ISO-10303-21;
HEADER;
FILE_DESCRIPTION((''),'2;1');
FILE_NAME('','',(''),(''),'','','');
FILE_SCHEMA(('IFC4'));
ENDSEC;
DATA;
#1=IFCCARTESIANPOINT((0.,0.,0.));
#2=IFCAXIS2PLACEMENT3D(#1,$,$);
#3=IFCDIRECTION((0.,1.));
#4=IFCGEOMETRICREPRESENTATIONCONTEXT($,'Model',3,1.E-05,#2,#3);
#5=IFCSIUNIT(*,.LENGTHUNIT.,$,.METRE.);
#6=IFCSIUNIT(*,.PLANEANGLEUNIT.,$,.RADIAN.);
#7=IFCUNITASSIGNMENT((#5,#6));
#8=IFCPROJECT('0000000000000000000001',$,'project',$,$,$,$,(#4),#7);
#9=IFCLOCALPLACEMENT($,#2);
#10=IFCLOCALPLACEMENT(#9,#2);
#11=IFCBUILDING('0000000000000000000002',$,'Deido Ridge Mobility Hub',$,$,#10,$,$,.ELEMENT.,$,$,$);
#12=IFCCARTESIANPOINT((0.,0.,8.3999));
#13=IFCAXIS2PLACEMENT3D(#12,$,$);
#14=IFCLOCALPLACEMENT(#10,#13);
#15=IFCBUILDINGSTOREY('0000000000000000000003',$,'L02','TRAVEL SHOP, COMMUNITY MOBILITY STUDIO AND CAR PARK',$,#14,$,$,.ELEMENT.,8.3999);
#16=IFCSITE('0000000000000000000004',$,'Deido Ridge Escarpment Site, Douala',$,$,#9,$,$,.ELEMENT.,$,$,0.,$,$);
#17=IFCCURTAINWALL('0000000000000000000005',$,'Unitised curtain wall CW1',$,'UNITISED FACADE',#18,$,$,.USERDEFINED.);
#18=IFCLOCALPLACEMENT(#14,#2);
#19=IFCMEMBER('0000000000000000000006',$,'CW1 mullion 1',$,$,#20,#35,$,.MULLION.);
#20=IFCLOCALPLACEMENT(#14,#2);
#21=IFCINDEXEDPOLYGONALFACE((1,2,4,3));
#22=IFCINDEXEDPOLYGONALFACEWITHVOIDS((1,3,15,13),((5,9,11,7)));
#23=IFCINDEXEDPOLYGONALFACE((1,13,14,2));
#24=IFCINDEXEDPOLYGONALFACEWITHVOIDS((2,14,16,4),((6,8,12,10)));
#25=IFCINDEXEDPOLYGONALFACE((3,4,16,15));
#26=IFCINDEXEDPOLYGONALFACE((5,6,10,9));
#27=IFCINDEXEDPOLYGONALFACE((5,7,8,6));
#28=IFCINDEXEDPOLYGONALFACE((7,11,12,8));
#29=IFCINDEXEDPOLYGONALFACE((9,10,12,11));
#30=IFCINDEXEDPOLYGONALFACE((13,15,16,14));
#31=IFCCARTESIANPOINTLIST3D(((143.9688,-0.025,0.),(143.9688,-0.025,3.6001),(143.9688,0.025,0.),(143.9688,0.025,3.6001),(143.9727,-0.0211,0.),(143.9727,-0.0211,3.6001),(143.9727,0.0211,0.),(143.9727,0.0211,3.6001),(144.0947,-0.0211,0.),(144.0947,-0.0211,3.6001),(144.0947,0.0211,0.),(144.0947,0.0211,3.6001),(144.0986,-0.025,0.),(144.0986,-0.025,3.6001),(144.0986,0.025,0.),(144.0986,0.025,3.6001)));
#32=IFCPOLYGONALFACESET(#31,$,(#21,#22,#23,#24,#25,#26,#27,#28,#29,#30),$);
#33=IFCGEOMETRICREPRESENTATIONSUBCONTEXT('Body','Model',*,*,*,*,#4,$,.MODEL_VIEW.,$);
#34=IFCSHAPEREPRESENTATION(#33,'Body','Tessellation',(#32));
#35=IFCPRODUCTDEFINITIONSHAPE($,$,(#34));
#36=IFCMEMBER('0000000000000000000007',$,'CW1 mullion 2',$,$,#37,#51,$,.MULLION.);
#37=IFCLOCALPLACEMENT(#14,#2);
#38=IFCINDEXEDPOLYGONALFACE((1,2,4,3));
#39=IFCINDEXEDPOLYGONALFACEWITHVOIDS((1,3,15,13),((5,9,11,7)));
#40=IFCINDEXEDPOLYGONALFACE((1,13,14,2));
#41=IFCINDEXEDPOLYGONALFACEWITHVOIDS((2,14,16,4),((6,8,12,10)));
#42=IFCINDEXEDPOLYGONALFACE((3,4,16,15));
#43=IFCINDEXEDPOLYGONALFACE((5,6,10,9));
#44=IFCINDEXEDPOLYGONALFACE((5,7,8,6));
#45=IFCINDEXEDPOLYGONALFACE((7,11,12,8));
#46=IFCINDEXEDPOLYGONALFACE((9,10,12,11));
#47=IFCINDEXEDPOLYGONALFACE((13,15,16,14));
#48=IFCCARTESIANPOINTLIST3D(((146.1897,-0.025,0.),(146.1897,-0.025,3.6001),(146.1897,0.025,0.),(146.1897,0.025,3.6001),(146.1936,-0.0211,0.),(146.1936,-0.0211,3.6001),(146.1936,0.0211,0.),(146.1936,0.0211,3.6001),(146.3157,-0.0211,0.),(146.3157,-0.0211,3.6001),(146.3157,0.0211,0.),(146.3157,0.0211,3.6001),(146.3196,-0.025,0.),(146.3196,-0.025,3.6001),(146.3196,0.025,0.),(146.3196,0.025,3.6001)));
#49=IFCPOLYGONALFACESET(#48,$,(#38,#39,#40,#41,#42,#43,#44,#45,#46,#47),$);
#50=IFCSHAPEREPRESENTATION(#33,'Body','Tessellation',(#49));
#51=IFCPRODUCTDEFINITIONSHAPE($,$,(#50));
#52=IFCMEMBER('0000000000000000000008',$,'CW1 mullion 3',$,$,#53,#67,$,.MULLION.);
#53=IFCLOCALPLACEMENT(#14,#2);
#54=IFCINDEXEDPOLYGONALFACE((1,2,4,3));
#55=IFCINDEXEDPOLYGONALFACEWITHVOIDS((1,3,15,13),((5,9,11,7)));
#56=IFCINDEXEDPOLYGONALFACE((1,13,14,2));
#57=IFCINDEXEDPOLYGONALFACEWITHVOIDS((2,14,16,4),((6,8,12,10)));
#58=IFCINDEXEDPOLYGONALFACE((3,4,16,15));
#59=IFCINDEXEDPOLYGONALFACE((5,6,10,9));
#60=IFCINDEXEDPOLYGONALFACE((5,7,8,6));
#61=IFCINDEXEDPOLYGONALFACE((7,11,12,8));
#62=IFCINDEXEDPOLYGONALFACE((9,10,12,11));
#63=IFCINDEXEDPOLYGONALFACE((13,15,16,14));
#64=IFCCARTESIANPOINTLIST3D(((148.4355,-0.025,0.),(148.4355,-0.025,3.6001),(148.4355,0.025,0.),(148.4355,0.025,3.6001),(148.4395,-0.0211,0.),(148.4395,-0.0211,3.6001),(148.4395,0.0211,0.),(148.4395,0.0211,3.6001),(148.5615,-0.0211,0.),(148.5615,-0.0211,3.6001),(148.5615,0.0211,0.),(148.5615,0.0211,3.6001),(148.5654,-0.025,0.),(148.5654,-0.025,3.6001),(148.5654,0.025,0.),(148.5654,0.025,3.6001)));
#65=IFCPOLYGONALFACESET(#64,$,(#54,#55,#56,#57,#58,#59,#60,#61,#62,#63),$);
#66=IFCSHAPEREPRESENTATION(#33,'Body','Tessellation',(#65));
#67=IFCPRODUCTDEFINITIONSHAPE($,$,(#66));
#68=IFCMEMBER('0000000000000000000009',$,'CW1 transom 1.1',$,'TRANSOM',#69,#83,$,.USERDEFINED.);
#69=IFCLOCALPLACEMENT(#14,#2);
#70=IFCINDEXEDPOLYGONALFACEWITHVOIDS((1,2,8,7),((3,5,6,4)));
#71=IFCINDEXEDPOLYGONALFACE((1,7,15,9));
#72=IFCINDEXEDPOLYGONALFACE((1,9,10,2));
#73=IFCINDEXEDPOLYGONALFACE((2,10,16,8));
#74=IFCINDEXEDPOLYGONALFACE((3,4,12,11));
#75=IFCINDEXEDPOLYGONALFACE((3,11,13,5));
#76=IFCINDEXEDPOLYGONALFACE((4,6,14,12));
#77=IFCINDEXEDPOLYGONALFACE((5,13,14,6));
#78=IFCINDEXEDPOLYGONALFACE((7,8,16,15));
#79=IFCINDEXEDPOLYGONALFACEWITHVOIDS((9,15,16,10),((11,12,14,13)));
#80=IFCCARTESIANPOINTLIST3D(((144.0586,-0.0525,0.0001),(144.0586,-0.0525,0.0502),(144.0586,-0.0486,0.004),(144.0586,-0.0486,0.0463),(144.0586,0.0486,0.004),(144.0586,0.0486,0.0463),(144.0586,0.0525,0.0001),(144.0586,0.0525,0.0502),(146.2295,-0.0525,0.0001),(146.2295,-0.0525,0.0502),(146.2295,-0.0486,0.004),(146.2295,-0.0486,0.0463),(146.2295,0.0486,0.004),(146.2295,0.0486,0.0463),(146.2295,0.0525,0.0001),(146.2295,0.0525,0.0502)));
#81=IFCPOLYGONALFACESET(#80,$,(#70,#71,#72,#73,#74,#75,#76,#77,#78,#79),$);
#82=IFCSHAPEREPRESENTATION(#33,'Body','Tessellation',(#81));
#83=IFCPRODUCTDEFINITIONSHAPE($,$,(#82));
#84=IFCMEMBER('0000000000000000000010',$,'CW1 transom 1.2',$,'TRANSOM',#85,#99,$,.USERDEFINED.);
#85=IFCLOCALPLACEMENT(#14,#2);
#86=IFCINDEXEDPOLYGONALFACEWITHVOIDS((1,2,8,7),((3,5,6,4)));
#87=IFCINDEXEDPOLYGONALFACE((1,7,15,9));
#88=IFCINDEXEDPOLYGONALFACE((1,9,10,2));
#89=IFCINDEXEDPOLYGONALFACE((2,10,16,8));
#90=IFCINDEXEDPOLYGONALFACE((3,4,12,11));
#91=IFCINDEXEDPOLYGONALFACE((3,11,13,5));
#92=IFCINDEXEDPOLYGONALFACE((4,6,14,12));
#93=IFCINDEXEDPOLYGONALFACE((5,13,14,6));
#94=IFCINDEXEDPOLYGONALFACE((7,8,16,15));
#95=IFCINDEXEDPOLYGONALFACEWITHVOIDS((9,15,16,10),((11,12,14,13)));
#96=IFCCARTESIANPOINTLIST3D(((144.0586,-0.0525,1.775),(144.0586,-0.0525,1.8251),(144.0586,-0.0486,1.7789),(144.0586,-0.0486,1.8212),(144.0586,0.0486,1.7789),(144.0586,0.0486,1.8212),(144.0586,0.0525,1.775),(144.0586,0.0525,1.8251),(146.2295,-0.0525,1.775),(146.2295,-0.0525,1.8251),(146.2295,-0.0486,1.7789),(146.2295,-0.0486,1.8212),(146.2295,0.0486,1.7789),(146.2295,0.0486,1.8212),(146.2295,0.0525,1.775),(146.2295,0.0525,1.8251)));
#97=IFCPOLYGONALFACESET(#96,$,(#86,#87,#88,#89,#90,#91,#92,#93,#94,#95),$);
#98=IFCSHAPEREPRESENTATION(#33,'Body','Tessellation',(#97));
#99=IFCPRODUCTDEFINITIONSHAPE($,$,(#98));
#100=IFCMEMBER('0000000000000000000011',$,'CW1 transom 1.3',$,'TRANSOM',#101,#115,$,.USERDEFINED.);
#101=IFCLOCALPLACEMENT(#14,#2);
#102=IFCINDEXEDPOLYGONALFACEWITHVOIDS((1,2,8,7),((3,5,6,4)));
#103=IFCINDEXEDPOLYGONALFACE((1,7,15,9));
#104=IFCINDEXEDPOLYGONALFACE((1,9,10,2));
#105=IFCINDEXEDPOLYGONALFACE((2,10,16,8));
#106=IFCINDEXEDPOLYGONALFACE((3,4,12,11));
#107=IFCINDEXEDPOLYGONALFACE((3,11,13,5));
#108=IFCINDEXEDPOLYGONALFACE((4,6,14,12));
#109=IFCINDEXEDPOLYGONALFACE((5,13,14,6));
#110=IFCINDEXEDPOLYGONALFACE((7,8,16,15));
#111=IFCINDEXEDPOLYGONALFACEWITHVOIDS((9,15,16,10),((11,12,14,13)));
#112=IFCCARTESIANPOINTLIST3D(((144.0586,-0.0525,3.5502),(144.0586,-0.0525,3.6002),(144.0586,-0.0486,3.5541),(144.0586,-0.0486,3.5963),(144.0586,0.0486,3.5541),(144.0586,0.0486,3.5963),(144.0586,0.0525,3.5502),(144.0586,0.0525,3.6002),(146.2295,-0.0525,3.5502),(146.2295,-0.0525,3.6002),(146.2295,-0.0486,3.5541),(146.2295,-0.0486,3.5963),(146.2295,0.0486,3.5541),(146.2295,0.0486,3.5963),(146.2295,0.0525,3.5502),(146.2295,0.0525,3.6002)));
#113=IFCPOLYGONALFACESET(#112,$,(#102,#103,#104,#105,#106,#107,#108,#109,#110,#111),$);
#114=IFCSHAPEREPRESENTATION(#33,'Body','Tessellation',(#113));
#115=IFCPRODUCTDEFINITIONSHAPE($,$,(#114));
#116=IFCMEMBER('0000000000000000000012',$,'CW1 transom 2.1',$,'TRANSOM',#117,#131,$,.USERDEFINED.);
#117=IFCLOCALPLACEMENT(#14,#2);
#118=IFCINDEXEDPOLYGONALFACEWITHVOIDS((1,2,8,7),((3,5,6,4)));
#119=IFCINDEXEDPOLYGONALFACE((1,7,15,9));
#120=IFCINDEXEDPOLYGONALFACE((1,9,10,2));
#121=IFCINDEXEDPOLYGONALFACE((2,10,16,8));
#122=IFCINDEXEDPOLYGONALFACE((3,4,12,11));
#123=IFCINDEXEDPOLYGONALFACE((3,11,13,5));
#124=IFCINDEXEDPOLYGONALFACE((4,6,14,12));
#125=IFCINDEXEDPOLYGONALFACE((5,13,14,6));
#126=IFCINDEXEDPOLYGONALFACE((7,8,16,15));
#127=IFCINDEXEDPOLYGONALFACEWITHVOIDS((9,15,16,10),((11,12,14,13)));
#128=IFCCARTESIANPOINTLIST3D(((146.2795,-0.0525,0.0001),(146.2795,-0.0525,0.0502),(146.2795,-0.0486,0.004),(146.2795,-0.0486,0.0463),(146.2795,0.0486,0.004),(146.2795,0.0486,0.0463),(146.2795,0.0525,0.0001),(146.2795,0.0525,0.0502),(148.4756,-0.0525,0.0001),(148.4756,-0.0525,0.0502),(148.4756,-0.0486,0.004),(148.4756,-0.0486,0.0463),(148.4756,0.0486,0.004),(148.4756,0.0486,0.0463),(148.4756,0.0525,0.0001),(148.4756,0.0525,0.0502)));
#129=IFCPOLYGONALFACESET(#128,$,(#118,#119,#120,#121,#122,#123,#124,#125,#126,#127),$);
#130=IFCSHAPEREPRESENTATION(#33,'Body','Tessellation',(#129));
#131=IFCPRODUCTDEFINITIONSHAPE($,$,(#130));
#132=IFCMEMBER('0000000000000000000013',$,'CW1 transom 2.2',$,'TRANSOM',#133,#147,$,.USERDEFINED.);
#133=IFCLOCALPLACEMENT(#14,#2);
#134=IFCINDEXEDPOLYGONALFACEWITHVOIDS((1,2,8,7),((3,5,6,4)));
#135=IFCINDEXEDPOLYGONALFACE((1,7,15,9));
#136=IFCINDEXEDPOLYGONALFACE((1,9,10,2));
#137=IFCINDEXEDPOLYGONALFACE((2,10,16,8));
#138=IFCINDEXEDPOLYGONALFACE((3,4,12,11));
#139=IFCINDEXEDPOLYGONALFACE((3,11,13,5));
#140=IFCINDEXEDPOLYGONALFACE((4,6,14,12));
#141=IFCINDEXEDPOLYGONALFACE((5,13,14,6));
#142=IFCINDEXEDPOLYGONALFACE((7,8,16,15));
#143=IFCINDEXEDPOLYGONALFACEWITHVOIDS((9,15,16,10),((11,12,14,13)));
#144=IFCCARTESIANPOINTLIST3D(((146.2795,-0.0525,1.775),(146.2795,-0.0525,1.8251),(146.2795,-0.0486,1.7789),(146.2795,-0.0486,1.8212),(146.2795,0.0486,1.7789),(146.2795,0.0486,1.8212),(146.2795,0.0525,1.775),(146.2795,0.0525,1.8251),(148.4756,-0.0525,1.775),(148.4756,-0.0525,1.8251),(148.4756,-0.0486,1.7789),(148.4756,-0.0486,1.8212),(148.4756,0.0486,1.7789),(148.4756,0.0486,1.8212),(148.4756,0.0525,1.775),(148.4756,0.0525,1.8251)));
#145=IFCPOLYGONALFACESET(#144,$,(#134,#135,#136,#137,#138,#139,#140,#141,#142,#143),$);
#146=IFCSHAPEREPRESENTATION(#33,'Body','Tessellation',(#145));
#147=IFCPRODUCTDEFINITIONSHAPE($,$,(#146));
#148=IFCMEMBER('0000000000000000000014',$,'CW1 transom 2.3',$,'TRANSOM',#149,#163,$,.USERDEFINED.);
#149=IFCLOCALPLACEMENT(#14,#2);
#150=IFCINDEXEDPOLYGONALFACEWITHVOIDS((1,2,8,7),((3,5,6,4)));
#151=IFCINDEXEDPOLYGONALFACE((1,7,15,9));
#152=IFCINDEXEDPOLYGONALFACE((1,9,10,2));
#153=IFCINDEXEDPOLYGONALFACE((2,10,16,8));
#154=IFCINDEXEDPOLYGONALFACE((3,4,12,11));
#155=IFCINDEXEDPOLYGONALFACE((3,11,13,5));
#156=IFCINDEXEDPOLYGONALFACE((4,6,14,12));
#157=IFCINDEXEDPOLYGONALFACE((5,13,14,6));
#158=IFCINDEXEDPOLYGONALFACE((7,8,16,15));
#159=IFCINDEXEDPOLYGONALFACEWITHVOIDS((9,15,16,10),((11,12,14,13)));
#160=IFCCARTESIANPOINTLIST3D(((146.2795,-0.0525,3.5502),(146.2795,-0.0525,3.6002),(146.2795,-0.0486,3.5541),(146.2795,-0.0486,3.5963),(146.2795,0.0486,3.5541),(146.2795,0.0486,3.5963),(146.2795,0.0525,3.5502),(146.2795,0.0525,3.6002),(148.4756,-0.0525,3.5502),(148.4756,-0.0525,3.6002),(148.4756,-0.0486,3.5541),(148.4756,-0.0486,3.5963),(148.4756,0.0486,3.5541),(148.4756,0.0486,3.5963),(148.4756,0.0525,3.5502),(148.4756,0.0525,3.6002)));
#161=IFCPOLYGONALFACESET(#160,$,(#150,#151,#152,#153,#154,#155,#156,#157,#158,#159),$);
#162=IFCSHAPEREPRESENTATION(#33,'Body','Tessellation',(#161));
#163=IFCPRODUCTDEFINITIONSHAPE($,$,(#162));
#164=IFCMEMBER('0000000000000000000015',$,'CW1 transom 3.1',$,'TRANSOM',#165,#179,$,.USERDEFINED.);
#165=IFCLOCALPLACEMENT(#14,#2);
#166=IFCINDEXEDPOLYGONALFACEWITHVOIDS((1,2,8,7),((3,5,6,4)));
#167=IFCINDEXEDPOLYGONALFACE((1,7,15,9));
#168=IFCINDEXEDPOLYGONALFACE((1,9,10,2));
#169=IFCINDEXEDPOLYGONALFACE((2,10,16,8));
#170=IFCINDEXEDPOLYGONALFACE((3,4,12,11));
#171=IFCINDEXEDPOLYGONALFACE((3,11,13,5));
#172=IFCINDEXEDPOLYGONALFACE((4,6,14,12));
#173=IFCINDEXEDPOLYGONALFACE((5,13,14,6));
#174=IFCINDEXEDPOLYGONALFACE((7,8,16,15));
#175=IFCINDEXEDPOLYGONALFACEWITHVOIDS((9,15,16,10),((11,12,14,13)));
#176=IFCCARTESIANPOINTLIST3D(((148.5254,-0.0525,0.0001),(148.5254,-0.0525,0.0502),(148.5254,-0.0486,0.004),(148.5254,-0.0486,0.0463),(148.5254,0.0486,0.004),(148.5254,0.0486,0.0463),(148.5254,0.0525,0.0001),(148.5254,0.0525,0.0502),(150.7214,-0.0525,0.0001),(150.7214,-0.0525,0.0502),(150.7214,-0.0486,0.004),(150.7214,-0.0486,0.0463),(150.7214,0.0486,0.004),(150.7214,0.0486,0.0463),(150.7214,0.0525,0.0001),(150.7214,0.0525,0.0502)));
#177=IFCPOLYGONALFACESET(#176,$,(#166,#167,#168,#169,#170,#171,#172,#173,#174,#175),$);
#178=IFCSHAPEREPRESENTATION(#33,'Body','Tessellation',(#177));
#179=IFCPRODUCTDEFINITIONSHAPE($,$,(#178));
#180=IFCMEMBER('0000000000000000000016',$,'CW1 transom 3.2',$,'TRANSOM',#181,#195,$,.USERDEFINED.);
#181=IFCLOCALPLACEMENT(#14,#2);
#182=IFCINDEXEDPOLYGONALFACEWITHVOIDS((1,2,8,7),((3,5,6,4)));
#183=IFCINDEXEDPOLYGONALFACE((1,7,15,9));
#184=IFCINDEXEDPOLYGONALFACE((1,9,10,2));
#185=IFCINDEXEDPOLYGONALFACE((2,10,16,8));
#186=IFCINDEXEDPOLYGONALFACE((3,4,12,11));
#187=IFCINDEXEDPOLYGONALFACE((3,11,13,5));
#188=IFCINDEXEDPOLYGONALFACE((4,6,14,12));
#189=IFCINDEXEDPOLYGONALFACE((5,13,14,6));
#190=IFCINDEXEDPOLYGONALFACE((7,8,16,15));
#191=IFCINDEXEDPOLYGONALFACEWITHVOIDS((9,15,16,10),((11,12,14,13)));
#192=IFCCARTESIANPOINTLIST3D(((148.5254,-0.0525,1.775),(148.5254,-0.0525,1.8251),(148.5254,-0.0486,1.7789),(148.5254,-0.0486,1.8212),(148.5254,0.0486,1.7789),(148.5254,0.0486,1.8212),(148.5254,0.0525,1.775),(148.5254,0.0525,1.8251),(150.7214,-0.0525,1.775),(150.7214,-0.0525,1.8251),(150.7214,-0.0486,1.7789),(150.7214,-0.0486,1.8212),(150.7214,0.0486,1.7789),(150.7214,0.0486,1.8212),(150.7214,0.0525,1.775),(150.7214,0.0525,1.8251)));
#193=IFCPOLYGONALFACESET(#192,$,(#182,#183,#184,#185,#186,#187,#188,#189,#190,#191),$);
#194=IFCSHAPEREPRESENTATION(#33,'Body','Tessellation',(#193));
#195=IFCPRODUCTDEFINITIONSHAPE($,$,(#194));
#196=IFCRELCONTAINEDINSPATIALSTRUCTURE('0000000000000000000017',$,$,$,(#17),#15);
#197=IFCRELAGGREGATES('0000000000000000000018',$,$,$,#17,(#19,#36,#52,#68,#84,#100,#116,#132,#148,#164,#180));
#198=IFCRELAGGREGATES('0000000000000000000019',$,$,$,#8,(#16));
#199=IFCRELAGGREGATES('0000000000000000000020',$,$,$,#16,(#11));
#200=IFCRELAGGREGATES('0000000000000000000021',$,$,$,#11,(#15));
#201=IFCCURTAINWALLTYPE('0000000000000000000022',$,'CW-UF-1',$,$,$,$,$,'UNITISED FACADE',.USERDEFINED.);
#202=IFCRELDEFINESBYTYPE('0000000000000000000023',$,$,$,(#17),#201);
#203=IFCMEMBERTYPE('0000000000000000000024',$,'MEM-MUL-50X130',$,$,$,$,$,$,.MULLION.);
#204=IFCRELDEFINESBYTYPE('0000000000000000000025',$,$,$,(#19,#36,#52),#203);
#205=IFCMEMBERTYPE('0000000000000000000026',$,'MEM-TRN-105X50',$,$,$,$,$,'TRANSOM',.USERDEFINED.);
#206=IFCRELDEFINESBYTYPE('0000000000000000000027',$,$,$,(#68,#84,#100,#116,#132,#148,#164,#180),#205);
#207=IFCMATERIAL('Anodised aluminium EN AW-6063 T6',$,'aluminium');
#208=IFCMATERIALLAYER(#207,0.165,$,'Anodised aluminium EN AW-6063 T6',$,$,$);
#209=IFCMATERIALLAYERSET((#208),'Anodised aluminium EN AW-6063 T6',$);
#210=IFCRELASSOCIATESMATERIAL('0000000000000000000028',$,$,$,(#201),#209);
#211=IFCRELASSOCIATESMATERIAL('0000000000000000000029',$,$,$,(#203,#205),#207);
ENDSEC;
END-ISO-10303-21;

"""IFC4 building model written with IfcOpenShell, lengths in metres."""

from ifc_helpers import new_model, si_unit, direction, frame, origin, origin_2d, place, context, subcontext, project, spatial, hollow_rectangle, extrude, material, layer, layer_set, material_profile, profile_set, type_object, element, aggregate, save


model = new_model("IFC4")

# Units and contexts
model_context = context("Model", 3, precision=1e-05, world=origin(), true_north=direction((0.0, 1.0)))
body_context = subcontext(model_context, "Body", "Model", "MODEL_VIEW")
ifc_project = project(units=[si_unit("LENGTHUNIT", "METRE"), si_unit("PLANEANGLEUNIT", "RADIAN")], contexts=[model_context])

# Site, building, storey
site_placement = place(None, origin())
site = spatial("IfcSite", under=ifc_project, at=site_placement, Name="Deido Ridge Escarpment Site, Douala", CompositionType="ELEMENT", RefElevation=0.0)
building_placement = place(site_placement, origin())
building = spatial("IfcBuilding", under=site, at=building_placement, Name="Deido Ridge Mobility Hub", CompositionType="ELEMENT")
storey_placement = place(building_placement, frame((0.0, 0.0, 8.3999)))
storey = spatial("IfcBuildingStorey", under=building, at=storey_placement, Name="L02", Description="TRAVEL SHOP, COMMUNITY MOBILITY STUDIO AND CAR PARK", CompositionType="ELEMENT", Elevation=8.3999)

# Curtain wall, members
ifc_material_1 = material(Name="Anodised aluminium EN AW-6063 T6", Category="aluminium")
ifc_layer_1 = layer(ifc_material_1, 0.165, Name="Anodised aluminium EN AW-6063 T6")
ifc_layer_set_1 = layer_set([ifc_layer_1], Name="Anodised aluminium EN AW-6063 T6")
curtain_wall_type = type_object("IfcCurtainWallType", Name="CW-UF-1", ElementType="UNITISED FACADE", PredefinedType="USERDEFINED", material=ifc_layer_set_1)
curtain_wall_placement = place(storey_placement, origin())
curtain_wall = element("IfcCurtainWall", 1, at=curtain_wall_placement, inside=storey, type_object=curtain_wall_type, Name="Unitised curtain wall CW1", ObjectType="UNITISED FACADE", PredefinedType="USERDEFINED")
ifc_material_profile_1 = material_profile(ifc_material_1, hollow_rectangle(XDim=0.05, YDim=0.1299, WallThickness=0.0039, at=origin_2d()), Name="RHS 50x130x4")
ifc_profile_set_1 = profile_set([ifc_material_profile_1], Name="Anodised aluminium EN AW-6063 T6")
member_type_1 = type_object("IfcMemberType", Name="MEM-MUL-50X130", PredefinedType="MULLION", material=ifc_profile_set_1)
member_1_placement = place(storey_placement, frame((144.0337, 0.0, 0.0), z_axis=(0.0, 0.0, 1.0), x_axis=(0.0, 1.0, 0.0)))
member_1 = element("IfcMember", 2, at=member_1_placement, type_object=member_type_1, Name="CW1 mullion 1", PredefinedType="MULLION", context=body_context, shape_type="SweptSolid", body=[
    extrude(hollow_rectangle(XDim=0.05, YDim=0.1299, WallThickness=0.0039, at=origin_2d()), origin(), (0.0, 0.0, 1.0), 3.6001),
])
member_2_placement = place(storey_placement, frame((146.2546, 0.0, 0.0), z_axis=(0.0, 0.0, 1.0), x_axis=(0.0, 1.0, 0.0)))
member_2 = element("IfcMember", 3, at=member_2_placement, type_object=member_type_1, Name="CW1 mullion 2", PredefinedType="MULLION", context=body_context, shape_type="SweptSolid", body=[
    extrude(hollow_rectangle(XDim=0.05, YDim=0.1299, WallThickness=0.0039, at=origin_2d()), origin(), (0.0, 0.0, 1.0), 3.6001),
])
member_3_placement = place(storey_placement, frame((148.5005, 0.0, 0.0), z_axis=(0.0, 0.0, 1.0), x_axis=(0.0, 1.0, 0.0)))
member_3 = element("IfcMember", 4, at=member_3_placement, type_object=member_type_1, Name="CW1 mullion 3", PredefinedType="MULLION", context=body_context, shape_type="SweptSolid", body=[
    extrude(hollow_rectangle(XDim=0.05, YDim=0.1299, WallThickness=0.0039, at=origin_2d()), origin(), (0.0, 0.0, 1.0), 3.6001),
])
ifc_material_profile_2 = material_profile(ifc_material_1, hollow_rectangle(XDim=0.105, YDim=0.05, WallThickness=0.0039, at=origin_2d()), Name="RHS 105x50x4")
ifc_profile_set_2 = profile_set([ifc_material_profile_2], Name="Anodised aluminium EN AW-6063 T6")
member_type_2 = type_object("IfcMemberType", Name="MEM-TRN-105X50", ElementType="TRANSOM", PredefinedType="USERDEFINED", material=ifc_profile_set_2)
member_4_placement = place(storey_placement, frame((144.0586, 0.0, 0.0251), z_axis=(1.0, 0.0, 0.0), x_axis=(0.0, 1.0, 0.0)))
member_4 = element("IfcMember", 5, at=member_4_placement, type_object=member_type_2, Name="CW1 transom 1.1", ObjectType="TRANSOM", PredefinedType="USERDEFINED", context=body_context, shape_type="SweptSolid", body=[
    extrude(hollow_rectangle(XDim=0.105, YDim=0.05, WallThickness=0.0039, at=origin_2d()), origin(), (0.0, 0.0, 1.0), 2.1709),
])
member_5_placement = place(storey_placement, frame((144.0586, 0.0, 1.8), z_axis=(1.0, 0.0, 0.0), x_axis=(0.0, 1.0, 0.0)))
member_5 = element("IfcMember", 6, at=member_5_placement, type_object=member_type_2, Name="CW1 transom 1.2", ObjectType="TRANSOM", PredefinedType="USERDEFINED", context=body_context, shape_type="SweptSolid", body=[
    extrude(hollow_rectangle(XDim=0.105, YDim=0.05, WallThickness=0.0039, at=origin_2d()), origin(), (0.0, 0.0, 1.0), 2.1709),
])
member_6_placement = place(storey_placement, frame((144.0586, 0.0, 3.5752), z_axis=(1.0, 0.0, 0.0), x_axis=(0.0, 1.0, 0.0)))
member_6 = element("IfcMember", 7, at=member_6_placement, type_object=member_type_2, Name="CW1 transom 1.3", ObjectType="TRANSOM", PredefinedType="USERDEFINED", context=body_context, shape_type="SweptSolid", body=[
    extrude(hollow_rectangle(XDim=0.105, YDim=0.05, WallThickness=0.0039, at=origin_2d()), origin(), (0.0, 0.0, 1.0), 2.1709),
])
member_7_placement = place(storey_placement, frame((146.2795, 0.0, 0.0251), z_axis=(1.0, 0.0, 0.0), x_axis=(0.0, 1.0, 0.0)))
member_7 = element("IfcMember", 8, at=member_7_placement, type_object=member_type_2, Name="CW1 transom 2.1", ObjectType="TRANSOM", PredefinedType="USERDEFINED", context=body_context, shape_type="SweptSolid", body=[
    extrude(hollow_rectangle(XDim=0.105, YDim=0.05, WallThickness=0.0039, at=origin_2d()), origin(), (0.0, 0.0, 1.0), 2.196),
])
member_8_placement = place(storey_placement, frame((146.2795, 0.0, 1.8), z_axis=(1.0, 0.0, 0.0), x_axis=(0.0, 1.0, 0.0)))
member_8 = element("IfcMember", 9, at=member_8_placement, type_object=member_type_2, Name="CW1 transom 2.2", ObjectType="TRANSOM", PredefinedType="USERDEFINED", context=body_context, shape_type="SweptSolid", body=[
    extrude(hollow_rectangle(XDim=0.105, YDim=0.05, WallThickness=0.0039, at=origin_2d()), origin(), (0.0, 0.0, 1.0), 2.196),
])
member_9_placement = place(storey_placement, frame((146.2795, 0.0, 3.5752), z_axis=(1.0, 0.0, 0.0), x_axis=(0.0, 1.0, 0.0)))
member_9 = element("IfcMember", 10, at=member_9_placement, type_object=member_type_2, Name="CW1 transom 2.3", ObjectType="TRANSOM", PredefinedType="USERDEFINED", context=body_context, shape_type="SweptSolid", body=[
    extrude(hollow_rectangle(XDim=0.105, YDim=0.05, WallThickness=0.0039, at=origin_2d()), origin(), (0.0, 0.0, 1.0), 2.196),
])
member_10_placement = place(storey_placement, frame((148.5254, 0.0, 0.0251), z_axis=(1.0, 0.0, 0.0), x_axis=(0.0, 1.0, 0.0)))
member_10 = element("IfcMember", 11, at=member_10_placement, type_object=member_type_2, Name="CW1 transom 3.1", ObjectType="TRANSOM", PredefinedType="USERDEFINED", context=body_context, shape_type="SweptSolid", body=[
    extrude(hollow_rectangle(XDim=0.105, YDim=0.05, WallThickness=0.0039, at=origin_2d()), origin(), (0.0, 0.0, 1.0), 2.196),
])
member_11_placement = place(storey_placement, frame((148.5254, 0.0, 1.8), z_axis=(1.0, 0.0, 0.0), x_axis=(0.0, 1.0, 0.0)))
member_11 = element("IfcMember", 12, at=member_11_placement, type_object=member_type_2, Name="CW1 transom 3.2", ObjectType="TRANSOM", PredefinedType="USERDEFINED", context=body_context, shape_type="SweptSolid", body=[
    extrude(hollow_rectangle(XDim=0.105, YDim=0.05, WallThickness=0.0039, at=origin_2d()), origin(), (0.0, 0.0, 1.0), 2.196),
])

aggregate(curtain_wall, [member_1, member_2, member_3, member_4, member_5, member_6, member_7, member_8, member_9, member_10, member_11])

save(model, "model.ifc")
